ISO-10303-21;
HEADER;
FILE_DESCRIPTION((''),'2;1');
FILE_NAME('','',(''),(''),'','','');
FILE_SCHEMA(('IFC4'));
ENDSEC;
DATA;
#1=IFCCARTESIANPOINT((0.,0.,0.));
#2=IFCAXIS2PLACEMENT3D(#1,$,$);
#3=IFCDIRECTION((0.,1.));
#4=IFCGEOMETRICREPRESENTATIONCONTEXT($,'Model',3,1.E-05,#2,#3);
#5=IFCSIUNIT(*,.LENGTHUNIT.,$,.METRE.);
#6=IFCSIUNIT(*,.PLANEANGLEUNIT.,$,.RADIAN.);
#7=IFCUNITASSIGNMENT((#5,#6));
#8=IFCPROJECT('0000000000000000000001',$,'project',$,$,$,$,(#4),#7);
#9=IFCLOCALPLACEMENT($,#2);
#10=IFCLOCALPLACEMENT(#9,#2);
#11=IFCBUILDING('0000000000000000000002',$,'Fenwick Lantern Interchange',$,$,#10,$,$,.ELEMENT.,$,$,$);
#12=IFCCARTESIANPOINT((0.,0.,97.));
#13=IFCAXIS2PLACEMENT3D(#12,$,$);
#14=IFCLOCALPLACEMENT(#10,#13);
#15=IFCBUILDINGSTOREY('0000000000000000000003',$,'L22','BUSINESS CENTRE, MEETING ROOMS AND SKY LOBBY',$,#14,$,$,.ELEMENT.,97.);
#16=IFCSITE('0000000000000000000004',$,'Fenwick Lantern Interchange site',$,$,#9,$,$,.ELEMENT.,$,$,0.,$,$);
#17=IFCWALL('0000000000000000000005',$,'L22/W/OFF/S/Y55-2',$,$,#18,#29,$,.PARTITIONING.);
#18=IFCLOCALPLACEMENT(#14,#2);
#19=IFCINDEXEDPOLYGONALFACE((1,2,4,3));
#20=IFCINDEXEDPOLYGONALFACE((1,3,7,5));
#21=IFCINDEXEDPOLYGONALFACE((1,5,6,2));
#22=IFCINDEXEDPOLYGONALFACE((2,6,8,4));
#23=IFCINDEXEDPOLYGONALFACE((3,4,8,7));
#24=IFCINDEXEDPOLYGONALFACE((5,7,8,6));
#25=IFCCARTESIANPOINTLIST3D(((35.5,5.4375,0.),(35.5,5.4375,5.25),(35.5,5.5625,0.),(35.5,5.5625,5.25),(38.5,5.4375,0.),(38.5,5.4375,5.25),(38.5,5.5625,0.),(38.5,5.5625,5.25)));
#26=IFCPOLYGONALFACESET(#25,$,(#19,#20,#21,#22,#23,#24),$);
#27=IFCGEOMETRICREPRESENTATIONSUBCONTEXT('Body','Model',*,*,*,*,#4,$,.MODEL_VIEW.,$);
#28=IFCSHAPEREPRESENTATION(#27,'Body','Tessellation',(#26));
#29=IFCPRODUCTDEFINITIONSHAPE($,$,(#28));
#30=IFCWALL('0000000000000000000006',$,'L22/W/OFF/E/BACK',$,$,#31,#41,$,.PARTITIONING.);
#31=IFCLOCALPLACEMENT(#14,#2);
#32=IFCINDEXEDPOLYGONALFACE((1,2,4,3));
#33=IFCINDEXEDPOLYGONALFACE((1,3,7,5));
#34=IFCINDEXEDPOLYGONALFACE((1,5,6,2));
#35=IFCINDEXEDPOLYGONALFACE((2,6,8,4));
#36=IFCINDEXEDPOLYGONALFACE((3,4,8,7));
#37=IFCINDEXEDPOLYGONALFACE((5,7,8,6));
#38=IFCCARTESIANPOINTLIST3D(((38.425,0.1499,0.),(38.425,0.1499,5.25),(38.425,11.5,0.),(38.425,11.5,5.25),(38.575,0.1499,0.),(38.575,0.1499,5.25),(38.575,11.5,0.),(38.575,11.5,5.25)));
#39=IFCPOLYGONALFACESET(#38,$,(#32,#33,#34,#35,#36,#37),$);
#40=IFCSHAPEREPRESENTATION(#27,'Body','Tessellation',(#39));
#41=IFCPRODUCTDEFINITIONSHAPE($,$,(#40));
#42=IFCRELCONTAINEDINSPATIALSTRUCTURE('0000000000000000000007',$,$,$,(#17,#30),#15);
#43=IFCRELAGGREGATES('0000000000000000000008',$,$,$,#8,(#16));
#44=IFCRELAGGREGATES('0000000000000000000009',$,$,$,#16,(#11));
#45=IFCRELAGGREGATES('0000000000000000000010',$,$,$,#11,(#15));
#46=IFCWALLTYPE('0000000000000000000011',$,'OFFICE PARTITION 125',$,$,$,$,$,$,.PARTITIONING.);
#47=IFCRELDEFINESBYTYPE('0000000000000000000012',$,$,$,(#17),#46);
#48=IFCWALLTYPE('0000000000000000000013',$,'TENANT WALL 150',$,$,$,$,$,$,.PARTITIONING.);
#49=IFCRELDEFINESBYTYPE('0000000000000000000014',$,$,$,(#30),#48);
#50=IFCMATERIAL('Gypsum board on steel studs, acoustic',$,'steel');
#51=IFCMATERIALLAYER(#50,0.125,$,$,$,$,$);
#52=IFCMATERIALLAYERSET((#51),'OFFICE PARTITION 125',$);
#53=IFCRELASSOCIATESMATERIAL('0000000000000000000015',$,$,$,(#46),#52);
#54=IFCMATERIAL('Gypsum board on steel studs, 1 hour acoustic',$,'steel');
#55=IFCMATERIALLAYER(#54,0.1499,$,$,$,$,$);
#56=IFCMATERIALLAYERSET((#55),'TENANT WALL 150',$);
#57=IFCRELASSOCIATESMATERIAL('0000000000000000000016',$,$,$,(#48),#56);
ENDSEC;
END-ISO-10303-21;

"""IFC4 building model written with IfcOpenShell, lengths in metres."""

from ifc_helpers import new_model, si_unit, direction, frame, frame_2d, origin, place, context, subcontext, project, spatial, rectangle, extrude, material, layer, layer_set, type_object, element, save


model = new_model("IFC4")

# Units and contexts
model_context = context("Model", 3, precision=1e-05, world=origin(), true_north=direction((0.0, 1.0)))
body_context = subcontext(model_context, "Body", "Model", "MODEL_VIEW")
ifc_project = project(units=[si_unit("LENGTHUNIT", "METRE"), si_unit("PLANEANGLEUNIT", "RADIAN")], contexts=[model_context])

# Site, building, storey
site_placement = place(None, origin())
site = spatial("IfcSite", under=ifc_project, at=site_placement, Name="Fenwick Lantern Interchange site", CompositionType="ELEMENT", RefElevation=0.0)
building_placement = place(site_placement, origin())
building = spatial("IfcBuilding", under=site, at=building_placement, Name="Fenwick Lantern Interchange", CompositionType="ELEMENT")
storey_placement = place(building_placement, frame((0.0, 0.0, 97.0)))
storey = spatial("IfcBuildingStorey", under=building, at=storey_placement, Name="L22", Description="BUSINESS CENTRE, MEETING ROOMS AND SKY LOBBY", CompositionType="ELEMENT", Elevation=97.0)

# Shared definitions
ifc_material_1 = material(Name="Gypsum board on steel studs, acoustic", Category="steel")
ifc_layer_1 = layer(ifc_material_1, 0.125)
ifc_layer_set_1 = layer_set([ifc_layer_1], Name="OFFICE PARTITION 125")
wall_type_1 = type_object("IfcWallType", Name="OFFICE PARTITION 125", PredefinedType="PARTITIONING", material=ifc_layer_set_1)

# Walls
wall_1_placement = place(storey_placement, frame((35.5, 5.5, 0.0), z_axis=(0.0, 0.0, 1.0), x_axis=(1.0, 0.0, 0.0)))
element("IfcWall", 1, at=wall_1_placement, inside=storey, type_object=wall_type_1, Name="L22/W/OFF/S/Y55-2", PredefinedType="PARTITIONING", context=body_context, shape_type="SweptSolid", body=[
    extrude(rectangle(XDim=3.0, YDim=0.125, at=frame_2d((1.5, 0.0))), origin(), (0.0, 0.0, 1.0), 5.25),
])
ifc_material_2 = material(Name="Gypsum board on steel studs, 1 hour acoustic", Category="steel")
ifc_layer_2 = layer(ifc_material_2, 0.1499)
ifc_layer_set_2 = layer_set([ifc_layer_2], Name="TENANT WALL 150")
wall_type_2 = type_object("IfcWallType", Name="TENANT WALL 150", PredefinedType="PARTITIONING", material=ifc_layer_set_2)
wall_2_placement = place(storey_placement, frame((38.5, 0.1499, 0.0), z_axis=(0.0, 0.0, 1.0), x_axis=(0.0, 1.0, 0.0)))
element("IfcWall", 2, at=wall_2_placement, inside=storey, type_object=wall_type_2, Name="L22/W/OFF/E/BACK", PredefinedType="PARTITIONING", context=body_context, shape_type="SweptSolid", body=[
    extrude(rectangle(XDim=11.3501, YDim=0.1499, at=frame_2d((5.675, 0.0))), origin(), (0.0, 0.0, 1.0), 5.25),
])

save(model, "model.ifc")
